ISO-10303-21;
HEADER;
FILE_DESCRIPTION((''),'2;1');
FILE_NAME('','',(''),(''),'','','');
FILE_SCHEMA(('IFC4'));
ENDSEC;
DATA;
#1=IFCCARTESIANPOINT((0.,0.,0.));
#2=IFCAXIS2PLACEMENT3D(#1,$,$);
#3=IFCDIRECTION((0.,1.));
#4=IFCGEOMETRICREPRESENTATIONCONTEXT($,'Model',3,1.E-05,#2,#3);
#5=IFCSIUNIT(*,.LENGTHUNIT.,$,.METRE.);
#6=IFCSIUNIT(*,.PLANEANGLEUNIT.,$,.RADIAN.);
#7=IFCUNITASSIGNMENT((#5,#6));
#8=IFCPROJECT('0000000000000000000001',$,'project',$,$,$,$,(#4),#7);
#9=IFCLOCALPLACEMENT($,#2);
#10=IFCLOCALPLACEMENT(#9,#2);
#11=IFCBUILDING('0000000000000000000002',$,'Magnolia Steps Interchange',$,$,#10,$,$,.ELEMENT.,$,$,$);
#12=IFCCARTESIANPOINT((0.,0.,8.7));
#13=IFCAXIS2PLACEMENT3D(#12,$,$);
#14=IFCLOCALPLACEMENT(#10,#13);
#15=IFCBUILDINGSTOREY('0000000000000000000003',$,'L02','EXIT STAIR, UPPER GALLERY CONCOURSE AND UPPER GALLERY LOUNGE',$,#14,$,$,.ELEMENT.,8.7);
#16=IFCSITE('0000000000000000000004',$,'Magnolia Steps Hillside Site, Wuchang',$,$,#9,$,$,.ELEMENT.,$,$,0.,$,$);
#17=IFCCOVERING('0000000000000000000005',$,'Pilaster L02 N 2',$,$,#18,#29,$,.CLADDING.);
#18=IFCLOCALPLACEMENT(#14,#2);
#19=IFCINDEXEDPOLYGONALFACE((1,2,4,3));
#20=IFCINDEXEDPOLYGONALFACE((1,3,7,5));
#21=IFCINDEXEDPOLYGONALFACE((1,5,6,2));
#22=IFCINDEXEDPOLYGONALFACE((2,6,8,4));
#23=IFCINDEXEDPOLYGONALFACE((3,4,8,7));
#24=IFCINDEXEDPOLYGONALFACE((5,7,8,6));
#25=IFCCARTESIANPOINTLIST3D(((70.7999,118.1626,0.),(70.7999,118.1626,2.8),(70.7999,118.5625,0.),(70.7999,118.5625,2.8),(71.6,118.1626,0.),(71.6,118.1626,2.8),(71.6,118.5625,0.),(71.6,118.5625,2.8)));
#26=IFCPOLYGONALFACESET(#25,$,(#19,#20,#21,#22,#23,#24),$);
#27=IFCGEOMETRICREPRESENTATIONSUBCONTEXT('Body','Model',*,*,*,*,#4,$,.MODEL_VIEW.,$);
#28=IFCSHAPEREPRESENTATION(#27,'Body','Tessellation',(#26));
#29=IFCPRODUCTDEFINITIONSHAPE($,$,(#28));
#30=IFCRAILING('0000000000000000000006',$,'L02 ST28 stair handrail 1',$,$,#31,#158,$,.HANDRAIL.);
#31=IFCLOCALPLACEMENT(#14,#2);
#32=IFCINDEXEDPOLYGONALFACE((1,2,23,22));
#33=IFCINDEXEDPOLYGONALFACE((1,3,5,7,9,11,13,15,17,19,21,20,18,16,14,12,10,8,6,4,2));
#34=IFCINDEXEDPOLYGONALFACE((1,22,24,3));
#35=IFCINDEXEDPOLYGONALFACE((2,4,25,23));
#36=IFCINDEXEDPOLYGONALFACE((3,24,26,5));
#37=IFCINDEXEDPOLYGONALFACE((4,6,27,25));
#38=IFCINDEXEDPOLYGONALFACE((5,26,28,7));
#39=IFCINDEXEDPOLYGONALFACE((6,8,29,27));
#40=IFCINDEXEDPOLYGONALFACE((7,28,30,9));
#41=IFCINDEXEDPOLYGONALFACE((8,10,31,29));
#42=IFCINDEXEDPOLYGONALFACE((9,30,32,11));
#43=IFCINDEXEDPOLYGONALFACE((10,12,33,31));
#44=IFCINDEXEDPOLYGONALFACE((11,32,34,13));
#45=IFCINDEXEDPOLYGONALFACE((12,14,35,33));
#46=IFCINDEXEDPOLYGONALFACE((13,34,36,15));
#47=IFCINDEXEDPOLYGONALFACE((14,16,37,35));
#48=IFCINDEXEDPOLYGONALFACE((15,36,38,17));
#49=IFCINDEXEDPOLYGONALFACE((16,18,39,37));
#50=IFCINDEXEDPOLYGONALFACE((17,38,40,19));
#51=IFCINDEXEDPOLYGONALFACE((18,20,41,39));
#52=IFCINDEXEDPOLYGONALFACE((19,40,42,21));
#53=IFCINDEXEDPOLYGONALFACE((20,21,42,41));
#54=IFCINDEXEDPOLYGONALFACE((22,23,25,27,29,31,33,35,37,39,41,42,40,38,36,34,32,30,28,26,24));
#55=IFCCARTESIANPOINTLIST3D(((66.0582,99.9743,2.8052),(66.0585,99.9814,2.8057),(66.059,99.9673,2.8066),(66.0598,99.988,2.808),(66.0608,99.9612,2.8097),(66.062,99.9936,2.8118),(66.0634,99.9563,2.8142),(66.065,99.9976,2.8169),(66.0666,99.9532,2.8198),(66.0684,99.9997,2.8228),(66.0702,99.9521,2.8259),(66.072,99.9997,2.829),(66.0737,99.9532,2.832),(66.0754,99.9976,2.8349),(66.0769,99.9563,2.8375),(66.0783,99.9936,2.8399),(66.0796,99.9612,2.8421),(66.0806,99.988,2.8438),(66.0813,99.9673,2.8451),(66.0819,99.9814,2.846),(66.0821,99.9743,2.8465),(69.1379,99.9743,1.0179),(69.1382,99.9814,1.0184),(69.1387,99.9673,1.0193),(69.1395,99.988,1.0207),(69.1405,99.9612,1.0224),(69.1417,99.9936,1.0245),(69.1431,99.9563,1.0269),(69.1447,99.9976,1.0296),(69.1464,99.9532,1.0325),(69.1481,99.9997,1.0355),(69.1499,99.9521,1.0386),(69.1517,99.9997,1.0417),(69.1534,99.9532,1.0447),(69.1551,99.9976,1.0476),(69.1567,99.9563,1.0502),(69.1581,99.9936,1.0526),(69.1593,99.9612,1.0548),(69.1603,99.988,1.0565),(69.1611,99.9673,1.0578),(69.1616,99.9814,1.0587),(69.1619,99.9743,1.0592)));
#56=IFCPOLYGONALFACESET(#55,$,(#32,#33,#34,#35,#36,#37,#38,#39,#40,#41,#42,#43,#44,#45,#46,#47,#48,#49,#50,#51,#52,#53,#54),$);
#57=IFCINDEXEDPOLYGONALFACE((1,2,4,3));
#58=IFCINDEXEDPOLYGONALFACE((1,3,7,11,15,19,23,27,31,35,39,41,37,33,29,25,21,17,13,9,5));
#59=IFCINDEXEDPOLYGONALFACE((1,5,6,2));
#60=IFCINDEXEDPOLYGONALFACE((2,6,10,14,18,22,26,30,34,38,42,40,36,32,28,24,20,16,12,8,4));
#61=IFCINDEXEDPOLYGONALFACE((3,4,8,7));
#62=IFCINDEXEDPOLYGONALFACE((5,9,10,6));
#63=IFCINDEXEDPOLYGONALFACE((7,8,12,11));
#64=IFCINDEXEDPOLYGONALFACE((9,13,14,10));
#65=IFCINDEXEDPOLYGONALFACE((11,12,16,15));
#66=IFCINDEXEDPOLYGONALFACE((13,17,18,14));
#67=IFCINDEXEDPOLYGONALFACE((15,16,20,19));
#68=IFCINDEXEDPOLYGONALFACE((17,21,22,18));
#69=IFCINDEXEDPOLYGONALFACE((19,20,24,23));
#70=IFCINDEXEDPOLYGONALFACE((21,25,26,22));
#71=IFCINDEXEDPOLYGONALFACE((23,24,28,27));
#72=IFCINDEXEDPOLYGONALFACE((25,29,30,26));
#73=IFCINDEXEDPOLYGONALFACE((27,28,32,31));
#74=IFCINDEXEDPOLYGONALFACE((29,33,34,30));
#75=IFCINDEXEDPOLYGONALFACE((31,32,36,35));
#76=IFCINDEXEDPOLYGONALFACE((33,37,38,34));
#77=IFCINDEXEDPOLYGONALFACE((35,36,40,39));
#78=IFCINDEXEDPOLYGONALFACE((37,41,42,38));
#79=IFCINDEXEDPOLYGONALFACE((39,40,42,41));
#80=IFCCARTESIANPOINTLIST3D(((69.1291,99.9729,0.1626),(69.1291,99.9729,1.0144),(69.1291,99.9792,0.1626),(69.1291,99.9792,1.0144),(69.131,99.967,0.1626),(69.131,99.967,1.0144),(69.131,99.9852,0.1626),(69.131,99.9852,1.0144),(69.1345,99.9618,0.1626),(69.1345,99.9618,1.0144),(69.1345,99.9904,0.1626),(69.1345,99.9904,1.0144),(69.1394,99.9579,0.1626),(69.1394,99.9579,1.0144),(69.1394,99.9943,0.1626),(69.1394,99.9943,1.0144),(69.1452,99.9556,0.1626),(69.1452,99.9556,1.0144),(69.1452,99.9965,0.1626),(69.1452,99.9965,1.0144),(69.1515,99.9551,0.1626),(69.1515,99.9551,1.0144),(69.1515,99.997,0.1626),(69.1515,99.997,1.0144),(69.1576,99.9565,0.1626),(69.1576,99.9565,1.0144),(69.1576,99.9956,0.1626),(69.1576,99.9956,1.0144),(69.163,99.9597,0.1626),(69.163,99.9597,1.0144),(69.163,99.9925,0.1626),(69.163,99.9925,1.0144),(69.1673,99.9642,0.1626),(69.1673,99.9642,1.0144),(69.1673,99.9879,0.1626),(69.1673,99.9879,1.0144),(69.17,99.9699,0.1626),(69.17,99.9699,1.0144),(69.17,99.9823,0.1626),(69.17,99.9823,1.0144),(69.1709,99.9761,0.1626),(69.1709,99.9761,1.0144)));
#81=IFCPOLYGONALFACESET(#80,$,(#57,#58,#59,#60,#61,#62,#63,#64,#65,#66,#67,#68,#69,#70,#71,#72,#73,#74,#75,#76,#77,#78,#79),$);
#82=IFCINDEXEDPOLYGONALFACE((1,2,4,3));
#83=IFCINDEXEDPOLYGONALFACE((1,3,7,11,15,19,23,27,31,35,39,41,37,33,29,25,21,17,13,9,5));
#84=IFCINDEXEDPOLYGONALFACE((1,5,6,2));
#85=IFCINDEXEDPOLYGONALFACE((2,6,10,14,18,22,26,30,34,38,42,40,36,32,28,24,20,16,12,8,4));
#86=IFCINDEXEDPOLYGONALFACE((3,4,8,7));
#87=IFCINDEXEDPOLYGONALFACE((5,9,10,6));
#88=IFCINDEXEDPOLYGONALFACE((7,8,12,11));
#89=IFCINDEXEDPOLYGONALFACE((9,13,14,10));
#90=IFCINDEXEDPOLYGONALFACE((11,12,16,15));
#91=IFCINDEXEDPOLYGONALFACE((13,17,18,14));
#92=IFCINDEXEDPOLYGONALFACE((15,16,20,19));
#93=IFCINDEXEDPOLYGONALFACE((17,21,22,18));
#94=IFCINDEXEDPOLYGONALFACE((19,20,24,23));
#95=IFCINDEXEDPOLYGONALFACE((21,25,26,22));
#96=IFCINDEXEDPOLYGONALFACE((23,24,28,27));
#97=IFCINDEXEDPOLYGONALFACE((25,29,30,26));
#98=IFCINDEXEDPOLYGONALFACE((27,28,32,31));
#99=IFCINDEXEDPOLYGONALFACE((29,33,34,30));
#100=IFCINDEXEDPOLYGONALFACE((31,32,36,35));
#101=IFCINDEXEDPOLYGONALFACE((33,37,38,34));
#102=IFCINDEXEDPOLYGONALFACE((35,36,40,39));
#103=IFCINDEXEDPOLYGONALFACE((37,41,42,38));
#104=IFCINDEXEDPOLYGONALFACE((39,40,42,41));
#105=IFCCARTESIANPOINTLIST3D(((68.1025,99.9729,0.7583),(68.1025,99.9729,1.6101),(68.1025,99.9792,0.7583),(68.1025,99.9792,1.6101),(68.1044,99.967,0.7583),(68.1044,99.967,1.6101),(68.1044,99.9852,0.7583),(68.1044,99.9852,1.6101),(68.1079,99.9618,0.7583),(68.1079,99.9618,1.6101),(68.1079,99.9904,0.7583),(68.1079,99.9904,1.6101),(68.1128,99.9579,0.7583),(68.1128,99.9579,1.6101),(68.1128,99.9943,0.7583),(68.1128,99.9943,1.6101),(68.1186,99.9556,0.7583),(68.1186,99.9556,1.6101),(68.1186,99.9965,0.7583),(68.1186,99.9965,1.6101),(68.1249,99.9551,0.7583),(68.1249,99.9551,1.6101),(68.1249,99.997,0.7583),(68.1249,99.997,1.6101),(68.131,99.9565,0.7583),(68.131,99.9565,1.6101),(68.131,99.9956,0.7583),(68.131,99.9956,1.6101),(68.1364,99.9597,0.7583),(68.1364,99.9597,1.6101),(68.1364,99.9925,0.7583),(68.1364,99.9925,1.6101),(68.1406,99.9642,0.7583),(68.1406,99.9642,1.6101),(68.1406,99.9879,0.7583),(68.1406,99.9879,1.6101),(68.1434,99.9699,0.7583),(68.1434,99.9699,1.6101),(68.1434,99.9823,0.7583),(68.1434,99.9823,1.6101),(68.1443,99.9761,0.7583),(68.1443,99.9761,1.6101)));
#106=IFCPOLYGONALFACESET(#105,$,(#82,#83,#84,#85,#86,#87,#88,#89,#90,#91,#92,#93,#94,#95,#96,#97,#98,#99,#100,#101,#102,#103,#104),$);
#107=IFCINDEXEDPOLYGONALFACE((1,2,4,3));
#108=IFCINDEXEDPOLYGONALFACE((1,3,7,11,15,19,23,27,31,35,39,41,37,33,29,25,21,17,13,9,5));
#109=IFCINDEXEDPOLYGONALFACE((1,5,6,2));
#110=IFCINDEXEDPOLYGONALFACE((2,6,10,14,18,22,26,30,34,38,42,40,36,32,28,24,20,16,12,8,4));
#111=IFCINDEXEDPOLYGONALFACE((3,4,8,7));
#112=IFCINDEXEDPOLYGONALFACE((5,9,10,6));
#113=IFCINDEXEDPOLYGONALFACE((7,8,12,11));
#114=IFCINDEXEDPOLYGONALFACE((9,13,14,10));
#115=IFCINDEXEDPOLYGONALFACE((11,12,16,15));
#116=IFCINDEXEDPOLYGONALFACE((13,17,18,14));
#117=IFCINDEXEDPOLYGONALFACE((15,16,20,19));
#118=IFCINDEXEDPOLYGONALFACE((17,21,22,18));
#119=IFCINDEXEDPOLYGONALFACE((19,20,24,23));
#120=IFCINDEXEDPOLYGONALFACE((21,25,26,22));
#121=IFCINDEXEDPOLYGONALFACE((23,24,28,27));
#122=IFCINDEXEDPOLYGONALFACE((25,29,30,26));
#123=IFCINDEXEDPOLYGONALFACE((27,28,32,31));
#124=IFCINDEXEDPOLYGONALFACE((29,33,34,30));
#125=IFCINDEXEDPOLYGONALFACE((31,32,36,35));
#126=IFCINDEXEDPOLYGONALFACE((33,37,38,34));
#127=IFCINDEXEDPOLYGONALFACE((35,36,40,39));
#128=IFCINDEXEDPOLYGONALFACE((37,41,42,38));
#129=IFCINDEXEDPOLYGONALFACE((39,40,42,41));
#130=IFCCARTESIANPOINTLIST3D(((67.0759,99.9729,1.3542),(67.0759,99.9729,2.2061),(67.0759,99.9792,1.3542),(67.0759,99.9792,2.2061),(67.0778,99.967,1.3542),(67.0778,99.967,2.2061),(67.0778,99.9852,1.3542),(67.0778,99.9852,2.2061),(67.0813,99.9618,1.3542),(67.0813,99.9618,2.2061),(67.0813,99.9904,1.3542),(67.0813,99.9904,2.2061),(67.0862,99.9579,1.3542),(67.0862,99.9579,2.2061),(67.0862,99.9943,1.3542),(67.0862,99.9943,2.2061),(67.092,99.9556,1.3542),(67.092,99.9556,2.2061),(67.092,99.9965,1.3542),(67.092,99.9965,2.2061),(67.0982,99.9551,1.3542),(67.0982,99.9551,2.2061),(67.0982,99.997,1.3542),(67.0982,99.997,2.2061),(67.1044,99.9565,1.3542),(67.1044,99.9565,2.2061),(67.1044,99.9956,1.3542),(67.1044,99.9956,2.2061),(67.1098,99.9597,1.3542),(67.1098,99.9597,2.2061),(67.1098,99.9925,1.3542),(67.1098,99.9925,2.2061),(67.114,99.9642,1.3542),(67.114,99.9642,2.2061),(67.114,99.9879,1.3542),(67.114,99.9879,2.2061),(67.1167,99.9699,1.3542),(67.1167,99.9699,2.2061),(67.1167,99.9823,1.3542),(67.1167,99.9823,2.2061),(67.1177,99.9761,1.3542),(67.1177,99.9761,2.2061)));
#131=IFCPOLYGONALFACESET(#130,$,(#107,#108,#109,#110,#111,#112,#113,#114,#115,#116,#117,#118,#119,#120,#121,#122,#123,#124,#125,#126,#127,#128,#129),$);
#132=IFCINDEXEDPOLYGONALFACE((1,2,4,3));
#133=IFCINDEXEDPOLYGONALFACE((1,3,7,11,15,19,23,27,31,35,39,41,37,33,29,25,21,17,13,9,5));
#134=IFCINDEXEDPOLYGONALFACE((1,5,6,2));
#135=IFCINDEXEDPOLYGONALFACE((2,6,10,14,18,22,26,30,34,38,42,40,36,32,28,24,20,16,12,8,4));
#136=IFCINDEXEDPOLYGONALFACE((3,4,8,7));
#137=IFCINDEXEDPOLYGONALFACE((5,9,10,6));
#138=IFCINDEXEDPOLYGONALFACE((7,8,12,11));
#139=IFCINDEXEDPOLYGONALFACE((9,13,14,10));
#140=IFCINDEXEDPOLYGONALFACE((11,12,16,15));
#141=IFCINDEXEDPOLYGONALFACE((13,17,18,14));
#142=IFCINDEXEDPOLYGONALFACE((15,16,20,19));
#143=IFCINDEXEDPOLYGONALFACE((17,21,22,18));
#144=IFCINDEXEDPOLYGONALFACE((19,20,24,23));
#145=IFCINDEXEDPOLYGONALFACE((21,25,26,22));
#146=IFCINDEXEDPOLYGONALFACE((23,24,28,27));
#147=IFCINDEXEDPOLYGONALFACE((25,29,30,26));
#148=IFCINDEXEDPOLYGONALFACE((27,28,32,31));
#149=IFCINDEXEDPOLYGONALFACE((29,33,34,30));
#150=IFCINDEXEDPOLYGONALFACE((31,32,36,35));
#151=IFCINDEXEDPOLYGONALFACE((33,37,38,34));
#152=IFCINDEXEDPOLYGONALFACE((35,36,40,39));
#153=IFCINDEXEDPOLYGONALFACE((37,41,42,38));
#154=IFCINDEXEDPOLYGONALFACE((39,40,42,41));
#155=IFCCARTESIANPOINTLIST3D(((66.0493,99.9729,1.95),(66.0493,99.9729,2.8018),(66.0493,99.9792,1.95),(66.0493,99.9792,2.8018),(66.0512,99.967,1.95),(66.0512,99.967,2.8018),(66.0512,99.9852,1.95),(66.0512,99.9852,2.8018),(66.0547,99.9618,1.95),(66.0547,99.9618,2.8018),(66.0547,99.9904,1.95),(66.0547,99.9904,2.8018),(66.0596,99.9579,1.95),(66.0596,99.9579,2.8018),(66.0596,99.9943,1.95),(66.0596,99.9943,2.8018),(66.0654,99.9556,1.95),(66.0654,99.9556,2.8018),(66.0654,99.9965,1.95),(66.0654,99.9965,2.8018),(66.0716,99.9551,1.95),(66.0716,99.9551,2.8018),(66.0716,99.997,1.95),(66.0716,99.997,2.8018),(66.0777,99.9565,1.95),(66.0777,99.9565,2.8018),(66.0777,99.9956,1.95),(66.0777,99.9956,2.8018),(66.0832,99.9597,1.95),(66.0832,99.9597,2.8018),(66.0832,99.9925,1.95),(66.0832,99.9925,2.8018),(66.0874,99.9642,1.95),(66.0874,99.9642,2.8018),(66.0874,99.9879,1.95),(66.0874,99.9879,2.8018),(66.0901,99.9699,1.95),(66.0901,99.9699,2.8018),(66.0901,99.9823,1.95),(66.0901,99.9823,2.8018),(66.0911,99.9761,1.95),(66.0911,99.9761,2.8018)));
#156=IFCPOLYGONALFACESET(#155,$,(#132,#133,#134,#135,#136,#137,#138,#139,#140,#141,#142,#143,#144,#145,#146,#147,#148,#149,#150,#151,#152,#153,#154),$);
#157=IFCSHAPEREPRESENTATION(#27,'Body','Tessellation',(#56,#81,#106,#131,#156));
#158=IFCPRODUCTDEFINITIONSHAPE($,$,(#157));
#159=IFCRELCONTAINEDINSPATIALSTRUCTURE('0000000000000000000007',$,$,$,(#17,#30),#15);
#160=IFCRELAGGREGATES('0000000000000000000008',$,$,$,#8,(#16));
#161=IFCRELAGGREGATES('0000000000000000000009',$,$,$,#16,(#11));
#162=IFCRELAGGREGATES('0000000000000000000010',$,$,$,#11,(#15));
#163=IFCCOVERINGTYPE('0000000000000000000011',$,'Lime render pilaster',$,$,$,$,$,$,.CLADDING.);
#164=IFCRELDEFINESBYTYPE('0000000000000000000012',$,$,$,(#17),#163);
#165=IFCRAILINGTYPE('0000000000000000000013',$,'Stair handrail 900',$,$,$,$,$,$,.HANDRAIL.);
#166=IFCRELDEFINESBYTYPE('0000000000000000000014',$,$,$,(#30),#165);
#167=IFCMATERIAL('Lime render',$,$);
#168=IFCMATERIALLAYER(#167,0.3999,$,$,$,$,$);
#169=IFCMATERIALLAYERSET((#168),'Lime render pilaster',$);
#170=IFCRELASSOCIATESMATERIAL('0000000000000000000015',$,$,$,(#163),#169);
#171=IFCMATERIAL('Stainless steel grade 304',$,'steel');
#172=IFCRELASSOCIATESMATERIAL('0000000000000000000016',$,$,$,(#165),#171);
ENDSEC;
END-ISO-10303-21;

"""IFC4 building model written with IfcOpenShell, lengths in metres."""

from ifc_helpers import new_model, si_unit, direction, frame, origin, origin_2d, place, context, subcontext, project, spatial, rectangle, circle, extrude, material, layer, layer_set, type_object, element, save


model = new_model("IFC4")

# Units and contexts
model_context = context("Model", 3, precision=1e-05, world=origin(), true_north=direction((0.0, 1.0)))
body_context = subcontext(model_context, "Body", "Model", "MODEL_VIEW")
ifc_project = project(units=[si_unit("LENGTHUNIT", "METRE"), si_unit("PLANEANGLEUNIT", "RADIAN")], contexts=[model_context])

# Site, building, storey
site_placement = place(None, origin())
site = spatial("IfcSite", under=ifc_project, at=site_placement, Name="Magnolia Steps Hillside Site, Wuchang", CompositionType="ELEMENT", RefElevation=0.0)
building_placement = place(site_placement, origin())
building = spatial("IfcBuilding", under=site, at=building_placement, Name="Magnolia Steps Interchange", CompositionType="ELEMENT")
storey_placement = place(building_placement, frame((0.0, 0.0, 8.7)))
storey = spatial("IfcBuildingStorey", under=building, at=storey_placement, Name="L02", Description="EXIT STAIR, UPPER GALLERY CONCOURSE AND UPPER GALLERY LOUNGE", CompositionType="ELEMENT", Elevation=8.7)

# Covering
ifc_material_1 = material(Name="Lime render")
ifc_layer_1 = layer(ifc_material_1, 0.3999)
ifc_layer_set_1 = layer_set([ifc_layer_1], Name="Lime render pilaster")
covering_type_1 = type_object("IfcCoveringType", Name="Lime render pilaster", PredefinedType="CLADDING", material=ifc_layer_set_1)
for number, where, z_axis, x_axis, name in (
    (1, (71.2, 118.3625, 0.0), (0.0, 0.0, 1.0), (1.0, 0.0, 0.0), "Pilaster L02 N 2"),
):
    element("IfcCovering", number, at=place(storey_placement, frame(where, z_axis=z_axis, x_axis=x_axis)), inside=storey, type_object=covering_type_1, Name=name, PredefinedType="CLADDING", context=body_context, shape_type="SweptSolid", body=[
        extrude(rectangle(XDim=0.8, YDim=0.3999, at=origin_2d()), origin(), (0.0, 0.0, 1.0), 2.8),
    ])

# Railing
ifc_material_2 = material(Name="Stainless steel grade 304", Category="steel")
railing_type = type_object("IfcRailingType", Name="Stair handrail 900", PredefinedType="HANDRAIL", material=ifc_material_2)
railing_placement = place(storey_placement, frame((69.1499, 99.9761, 0.1626)))
element("IfcRailing", 2, at=railing_placement, inside=storey, type_object=railing_type, Name="L02 ST28 stair handrail 1", PredefinedType="HANDRAIL", context=body_context, shape_type="SweptSolid", body=[
    extrude(circle(Radius=0.0239, at=origin_2d()), frame((0.0, 0.0, 0.876), z_axis=(-0.864903, 0.0, 0.501939), x_axis=(0.0, -1.0, 0.0)), (0.0, 0.0, 1.0), 3.5608),
    extrude(circle(Radius=0.021, at=origin_2d()), origin(), (0.0, 0.0, 1.0), 0.8518),
    extrude(circle(Radius=0.021, at=origin_2d()), frame((-1.0266, 0.0, 0.5957)), (0.0, 0.0, 1.0), 0.8518),
    extrude(circle(Radius=0.021, at=origin_2d()), frame((-2.0532, 0.0, 1.1917)), (0.0, 0.0, 1.0), 0.8518),
    extrude(circle(Radius=0.021, at=origin_2d()), frame((-3.0798, 0.0, 1.7874)), (0.0, 0.0, 1.0), 0.8518),
])

save(model, "model.ifc")
